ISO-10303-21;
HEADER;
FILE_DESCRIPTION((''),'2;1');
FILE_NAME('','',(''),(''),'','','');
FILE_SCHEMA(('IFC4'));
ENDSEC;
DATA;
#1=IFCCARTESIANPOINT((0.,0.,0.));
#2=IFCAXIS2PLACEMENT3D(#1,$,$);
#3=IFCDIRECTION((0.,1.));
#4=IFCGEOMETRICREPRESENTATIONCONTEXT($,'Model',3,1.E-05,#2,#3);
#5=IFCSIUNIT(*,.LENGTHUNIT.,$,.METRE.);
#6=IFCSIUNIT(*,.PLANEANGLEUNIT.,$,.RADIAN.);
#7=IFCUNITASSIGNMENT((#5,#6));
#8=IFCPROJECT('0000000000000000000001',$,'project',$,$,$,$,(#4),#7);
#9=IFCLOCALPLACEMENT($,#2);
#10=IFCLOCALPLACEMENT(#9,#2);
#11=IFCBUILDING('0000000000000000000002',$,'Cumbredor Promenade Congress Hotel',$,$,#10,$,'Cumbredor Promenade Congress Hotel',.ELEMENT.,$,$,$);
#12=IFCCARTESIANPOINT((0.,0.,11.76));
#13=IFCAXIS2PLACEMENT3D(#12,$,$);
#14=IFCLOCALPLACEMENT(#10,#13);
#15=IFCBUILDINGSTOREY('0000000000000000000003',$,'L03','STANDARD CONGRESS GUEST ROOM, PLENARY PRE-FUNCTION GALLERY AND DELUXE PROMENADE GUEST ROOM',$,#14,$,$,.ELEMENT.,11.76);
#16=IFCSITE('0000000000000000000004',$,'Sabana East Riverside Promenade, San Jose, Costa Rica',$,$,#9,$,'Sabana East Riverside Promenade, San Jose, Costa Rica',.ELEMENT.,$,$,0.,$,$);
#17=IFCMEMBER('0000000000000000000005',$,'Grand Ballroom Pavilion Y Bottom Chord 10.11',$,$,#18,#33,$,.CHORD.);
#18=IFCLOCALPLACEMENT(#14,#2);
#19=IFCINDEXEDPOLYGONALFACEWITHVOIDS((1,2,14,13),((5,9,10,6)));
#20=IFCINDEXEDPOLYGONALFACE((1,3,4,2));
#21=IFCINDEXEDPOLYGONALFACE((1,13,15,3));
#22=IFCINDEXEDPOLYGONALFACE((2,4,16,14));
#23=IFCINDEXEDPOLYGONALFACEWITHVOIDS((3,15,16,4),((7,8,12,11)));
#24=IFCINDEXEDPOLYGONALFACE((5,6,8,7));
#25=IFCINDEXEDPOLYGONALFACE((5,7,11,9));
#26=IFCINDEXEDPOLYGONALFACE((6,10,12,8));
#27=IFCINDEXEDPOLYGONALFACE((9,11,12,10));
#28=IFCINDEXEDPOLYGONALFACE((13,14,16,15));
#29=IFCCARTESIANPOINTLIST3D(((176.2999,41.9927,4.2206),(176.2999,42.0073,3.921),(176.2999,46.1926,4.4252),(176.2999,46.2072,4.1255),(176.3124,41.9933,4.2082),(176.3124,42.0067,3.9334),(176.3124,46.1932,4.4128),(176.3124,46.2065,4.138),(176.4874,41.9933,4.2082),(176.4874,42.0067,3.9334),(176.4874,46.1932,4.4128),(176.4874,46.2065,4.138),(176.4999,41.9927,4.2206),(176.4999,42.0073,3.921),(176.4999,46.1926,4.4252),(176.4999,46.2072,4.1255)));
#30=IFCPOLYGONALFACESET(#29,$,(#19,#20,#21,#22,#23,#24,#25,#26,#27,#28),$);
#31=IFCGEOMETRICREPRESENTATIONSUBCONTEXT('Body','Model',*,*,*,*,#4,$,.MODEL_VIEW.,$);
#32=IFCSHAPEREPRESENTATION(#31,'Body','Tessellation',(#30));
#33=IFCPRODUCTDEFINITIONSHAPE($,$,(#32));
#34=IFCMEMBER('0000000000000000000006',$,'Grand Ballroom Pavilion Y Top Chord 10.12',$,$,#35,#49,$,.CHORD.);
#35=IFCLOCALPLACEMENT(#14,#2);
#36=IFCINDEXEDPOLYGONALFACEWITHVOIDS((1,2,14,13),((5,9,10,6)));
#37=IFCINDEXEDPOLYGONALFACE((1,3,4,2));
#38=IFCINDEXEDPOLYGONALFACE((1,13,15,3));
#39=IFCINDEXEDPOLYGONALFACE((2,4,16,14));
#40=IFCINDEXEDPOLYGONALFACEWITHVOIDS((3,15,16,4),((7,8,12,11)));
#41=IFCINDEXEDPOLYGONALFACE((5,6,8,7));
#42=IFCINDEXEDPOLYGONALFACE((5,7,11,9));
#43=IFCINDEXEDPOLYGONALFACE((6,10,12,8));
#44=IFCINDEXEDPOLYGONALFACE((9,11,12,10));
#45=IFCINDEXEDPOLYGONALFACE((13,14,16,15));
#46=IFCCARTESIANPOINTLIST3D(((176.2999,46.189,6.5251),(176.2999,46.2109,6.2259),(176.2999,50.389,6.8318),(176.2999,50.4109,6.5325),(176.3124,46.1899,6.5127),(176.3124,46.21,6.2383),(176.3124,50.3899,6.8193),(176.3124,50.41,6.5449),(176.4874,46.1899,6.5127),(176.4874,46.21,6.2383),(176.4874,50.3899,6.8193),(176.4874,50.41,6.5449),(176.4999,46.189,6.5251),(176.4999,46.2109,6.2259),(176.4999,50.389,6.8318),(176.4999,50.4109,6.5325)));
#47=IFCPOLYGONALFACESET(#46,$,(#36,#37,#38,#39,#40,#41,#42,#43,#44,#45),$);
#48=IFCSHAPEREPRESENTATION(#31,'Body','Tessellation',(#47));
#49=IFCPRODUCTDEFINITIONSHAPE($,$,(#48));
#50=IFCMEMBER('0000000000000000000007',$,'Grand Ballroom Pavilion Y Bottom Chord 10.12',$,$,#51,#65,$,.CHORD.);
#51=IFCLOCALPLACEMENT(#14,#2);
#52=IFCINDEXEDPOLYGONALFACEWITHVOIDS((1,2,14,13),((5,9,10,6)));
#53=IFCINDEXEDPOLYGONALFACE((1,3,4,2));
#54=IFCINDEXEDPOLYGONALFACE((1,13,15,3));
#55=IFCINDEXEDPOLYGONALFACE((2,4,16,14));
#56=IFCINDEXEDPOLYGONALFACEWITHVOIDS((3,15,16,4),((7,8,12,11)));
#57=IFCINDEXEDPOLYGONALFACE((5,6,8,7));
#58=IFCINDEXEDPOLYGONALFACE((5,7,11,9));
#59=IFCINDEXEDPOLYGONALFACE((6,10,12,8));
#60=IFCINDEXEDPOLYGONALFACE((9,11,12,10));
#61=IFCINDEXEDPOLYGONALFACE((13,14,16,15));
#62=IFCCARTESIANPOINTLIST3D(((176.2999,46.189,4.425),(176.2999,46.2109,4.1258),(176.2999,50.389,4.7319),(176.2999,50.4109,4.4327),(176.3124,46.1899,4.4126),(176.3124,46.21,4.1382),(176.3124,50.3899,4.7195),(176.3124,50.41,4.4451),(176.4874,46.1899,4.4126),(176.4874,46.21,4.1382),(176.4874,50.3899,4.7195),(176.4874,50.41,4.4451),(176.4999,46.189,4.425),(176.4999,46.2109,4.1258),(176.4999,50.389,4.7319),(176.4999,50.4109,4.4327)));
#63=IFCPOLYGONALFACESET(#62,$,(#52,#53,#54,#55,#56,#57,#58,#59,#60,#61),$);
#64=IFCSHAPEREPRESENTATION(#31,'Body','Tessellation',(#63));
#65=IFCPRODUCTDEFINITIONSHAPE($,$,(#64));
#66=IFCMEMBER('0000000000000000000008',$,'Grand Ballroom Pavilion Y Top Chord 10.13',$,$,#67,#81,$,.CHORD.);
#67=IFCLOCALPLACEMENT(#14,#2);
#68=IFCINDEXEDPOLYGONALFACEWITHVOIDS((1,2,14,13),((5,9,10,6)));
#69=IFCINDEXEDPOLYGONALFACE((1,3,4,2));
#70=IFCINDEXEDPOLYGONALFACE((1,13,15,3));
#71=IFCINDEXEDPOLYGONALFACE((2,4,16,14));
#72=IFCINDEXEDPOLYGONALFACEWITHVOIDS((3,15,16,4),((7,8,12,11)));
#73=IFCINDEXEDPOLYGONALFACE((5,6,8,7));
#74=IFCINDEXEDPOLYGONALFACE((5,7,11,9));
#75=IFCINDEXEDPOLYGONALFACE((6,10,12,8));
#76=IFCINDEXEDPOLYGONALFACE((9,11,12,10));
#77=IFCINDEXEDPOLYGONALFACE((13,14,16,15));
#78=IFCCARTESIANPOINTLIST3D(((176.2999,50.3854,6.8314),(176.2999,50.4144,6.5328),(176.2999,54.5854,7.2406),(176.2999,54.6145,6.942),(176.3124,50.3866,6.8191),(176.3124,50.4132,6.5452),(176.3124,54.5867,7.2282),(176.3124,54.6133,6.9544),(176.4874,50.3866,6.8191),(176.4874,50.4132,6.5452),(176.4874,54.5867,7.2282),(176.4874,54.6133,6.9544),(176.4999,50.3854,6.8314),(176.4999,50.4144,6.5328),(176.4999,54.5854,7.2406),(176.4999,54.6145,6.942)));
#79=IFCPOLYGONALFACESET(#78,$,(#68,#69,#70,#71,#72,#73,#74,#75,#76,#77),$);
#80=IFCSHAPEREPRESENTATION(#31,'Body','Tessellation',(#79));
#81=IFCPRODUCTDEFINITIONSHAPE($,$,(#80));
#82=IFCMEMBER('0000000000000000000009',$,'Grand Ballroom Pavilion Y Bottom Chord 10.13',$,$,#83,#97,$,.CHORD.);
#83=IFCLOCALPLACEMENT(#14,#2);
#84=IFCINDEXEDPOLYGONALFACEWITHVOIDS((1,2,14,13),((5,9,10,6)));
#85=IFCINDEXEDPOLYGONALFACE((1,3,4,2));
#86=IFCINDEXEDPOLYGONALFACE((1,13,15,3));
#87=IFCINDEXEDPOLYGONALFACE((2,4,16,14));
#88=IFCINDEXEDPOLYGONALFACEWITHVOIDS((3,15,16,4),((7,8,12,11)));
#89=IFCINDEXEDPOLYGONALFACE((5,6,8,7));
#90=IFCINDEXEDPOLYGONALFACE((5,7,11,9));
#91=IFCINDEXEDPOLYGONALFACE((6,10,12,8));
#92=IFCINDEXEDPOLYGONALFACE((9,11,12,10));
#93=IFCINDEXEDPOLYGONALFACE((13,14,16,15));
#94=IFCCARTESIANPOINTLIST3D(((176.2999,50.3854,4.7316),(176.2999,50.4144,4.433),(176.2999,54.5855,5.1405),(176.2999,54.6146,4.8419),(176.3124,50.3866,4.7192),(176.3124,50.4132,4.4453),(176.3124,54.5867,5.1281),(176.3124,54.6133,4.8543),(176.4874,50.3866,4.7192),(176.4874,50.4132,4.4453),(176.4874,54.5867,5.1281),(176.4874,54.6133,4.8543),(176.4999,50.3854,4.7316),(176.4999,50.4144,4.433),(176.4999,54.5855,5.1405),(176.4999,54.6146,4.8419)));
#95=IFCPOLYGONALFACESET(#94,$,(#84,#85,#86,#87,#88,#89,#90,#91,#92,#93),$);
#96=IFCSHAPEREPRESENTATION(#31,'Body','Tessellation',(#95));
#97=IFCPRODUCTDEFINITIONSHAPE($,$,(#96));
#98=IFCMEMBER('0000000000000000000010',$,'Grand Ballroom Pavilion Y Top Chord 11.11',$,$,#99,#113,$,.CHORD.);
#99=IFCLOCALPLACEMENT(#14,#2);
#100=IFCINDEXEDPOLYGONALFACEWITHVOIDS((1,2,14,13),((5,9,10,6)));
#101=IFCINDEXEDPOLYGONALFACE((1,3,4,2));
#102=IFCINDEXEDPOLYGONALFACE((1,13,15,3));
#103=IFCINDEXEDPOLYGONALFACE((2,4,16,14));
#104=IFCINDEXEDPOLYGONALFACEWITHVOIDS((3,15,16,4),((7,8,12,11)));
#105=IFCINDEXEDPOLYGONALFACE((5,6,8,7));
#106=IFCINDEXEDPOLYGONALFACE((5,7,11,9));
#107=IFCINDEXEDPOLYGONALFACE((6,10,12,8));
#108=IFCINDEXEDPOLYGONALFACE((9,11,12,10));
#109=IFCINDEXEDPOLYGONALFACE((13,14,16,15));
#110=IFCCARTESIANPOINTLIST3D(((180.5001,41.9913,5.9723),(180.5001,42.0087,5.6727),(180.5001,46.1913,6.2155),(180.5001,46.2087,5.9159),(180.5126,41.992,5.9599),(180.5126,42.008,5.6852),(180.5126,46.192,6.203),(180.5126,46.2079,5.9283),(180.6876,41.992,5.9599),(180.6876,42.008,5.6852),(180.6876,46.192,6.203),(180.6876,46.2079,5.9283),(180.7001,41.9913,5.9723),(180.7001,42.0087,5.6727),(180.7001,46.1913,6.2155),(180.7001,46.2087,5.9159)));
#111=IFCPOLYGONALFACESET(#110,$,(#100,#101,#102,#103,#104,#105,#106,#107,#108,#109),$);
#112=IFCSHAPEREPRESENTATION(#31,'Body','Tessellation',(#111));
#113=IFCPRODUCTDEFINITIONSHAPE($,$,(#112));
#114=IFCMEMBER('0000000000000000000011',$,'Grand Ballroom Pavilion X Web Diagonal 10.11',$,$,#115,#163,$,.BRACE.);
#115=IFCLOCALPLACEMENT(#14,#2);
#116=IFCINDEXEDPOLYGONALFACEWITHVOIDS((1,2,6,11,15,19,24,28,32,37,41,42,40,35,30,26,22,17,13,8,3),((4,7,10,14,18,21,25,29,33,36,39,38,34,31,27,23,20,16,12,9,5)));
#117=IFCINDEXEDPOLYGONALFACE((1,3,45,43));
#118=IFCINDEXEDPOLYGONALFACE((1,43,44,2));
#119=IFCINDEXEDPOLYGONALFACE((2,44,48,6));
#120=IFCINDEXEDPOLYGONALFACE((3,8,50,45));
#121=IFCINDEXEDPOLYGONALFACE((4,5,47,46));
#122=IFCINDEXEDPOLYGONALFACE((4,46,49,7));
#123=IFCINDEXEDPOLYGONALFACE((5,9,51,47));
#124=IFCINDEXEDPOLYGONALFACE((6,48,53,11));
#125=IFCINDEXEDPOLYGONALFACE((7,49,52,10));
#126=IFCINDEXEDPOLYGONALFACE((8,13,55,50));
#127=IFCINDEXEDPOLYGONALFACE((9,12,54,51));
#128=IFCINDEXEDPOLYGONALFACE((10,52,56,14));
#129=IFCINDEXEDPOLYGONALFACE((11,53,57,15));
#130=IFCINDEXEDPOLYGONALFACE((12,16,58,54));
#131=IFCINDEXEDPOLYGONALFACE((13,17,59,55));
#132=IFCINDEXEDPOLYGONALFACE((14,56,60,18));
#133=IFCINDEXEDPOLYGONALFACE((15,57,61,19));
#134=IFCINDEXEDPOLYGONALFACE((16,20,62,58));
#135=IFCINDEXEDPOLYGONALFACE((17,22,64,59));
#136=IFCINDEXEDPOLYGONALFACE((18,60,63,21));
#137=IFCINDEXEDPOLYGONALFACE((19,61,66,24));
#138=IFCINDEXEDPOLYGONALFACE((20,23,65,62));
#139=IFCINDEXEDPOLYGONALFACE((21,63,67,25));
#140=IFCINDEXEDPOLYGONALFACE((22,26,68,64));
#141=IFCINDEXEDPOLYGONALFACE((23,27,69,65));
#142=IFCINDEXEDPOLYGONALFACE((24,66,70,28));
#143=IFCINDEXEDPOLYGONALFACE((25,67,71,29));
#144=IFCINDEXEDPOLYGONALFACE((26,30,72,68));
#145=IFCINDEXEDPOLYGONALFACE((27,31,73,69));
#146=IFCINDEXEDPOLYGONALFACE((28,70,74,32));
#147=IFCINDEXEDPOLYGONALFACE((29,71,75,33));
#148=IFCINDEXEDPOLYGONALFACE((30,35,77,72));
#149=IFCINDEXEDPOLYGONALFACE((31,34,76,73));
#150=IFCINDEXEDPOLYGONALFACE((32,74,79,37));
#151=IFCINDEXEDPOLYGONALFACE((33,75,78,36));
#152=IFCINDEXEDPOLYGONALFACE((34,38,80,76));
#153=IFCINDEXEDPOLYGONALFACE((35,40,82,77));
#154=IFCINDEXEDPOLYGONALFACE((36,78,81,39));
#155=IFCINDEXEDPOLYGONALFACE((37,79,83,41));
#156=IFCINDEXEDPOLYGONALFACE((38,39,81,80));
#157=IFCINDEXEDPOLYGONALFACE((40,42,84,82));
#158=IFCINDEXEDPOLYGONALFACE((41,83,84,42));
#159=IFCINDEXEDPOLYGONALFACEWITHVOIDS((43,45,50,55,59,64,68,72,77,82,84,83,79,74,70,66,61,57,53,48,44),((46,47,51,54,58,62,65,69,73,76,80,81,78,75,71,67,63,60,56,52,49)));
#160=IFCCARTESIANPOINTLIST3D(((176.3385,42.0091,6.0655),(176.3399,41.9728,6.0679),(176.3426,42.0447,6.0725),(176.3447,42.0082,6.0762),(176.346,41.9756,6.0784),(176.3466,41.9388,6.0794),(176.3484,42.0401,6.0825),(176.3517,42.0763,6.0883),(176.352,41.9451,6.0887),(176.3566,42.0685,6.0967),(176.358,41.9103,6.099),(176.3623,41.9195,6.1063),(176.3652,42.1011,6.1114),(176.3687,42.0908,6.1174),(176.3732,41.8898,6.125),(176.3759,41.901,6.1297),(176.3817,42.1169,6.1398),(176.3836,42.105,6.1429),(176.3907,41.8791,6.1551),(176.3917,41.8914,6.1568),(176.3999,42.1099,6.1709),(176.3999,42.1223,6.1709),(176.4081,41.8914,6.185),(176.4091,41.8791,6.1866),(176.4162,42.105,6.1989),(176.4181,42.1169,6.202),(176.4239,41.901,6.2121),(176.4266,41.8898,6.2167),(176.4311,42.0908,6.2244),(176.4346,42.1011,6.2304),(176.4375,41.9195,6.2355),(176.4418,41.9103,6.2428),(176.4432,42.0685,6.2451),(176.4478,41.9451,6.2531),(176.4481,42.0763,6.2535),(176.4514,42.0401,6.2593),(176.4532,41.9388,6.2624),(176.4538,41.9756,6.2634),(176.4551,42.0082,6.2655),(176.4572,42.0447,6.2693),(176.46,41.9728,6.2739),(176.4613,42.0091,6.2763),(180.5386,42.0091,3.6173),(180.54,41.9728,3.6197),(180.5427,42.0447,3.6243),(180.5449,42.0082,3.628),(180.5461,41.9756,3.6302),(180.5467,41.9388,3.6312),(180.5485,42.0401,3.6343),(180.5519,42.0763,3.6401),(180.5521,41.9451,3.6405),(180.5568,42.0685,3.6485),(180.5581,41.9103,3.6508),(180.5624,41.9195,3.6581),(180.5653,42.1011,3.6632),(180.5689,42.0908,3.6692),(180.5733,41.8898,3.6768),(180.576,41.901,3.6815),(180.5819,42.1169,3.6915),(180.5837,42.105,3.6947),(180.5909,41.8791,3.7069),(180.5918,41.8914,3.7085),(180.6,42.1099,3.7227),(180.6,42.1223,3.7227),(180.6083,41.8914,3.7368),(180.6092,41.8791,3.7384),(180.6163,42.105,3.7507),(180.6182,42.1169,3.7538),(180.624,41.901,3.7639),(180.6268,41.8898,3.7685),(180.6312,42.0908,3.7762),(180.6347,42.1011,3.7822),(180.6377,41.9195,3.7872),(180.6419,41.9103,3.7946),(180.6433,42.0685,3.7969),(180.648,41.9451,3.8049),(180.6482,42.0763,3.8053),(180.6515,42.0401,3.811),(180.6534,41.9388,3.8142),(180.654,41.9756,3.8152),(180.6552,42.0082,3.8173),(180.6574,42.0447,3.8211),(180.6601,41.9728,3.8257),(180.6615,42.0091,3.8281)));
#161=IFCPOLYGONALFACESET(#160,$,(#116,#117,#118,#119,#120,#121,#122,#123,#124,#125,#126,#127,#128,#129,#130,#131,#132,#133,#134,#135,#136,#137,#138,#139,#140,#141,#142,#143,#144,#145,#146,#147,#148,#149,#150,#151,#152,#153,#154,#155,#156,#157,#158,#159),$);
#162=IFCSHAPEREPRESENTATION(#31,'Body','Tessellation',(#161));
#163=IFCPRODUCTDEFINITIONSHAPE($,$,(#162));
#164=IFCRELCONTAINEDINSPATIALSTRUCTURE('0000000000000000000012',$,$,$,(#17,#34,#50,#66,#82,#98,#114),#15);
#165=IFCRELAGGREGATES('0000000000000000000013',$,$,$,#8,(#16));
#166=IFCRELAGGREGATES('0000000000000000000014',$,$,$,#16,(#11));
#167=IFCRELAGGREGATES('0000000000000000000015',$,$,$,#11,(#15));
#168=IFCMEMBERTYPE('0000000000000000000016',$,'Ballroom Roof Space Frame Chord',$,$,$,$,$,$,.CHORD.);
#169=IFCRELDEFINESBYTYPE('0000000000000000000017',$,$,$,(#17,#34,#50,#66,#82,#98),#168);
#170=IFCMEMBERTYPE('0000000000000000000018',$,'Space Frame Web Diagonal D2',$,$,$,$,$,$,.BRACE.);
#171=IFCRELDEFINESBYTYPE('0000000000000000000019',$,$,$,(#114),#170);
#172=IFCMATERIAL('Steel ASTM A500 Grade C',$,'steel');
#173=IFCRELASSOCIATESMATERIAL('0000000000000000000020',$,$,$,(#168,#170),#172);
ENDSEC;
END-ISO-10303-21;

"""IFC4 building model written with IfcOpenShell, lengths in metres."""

from ifc_helpers import new_model, si_unit, direction, frame, origin, origin_2d, place, context, subcontext, project, spatial, hollow_rectangle, hollow_circle, extrude, material, material_profile, profile_set, type_object, element, save


model = new_model("IFC4")

# Units and contexts
model_context = context("Model", 3, precision=1e-05, world=origin(), true_north=direction((0.0, 1.0)))
body_context = subcontext(model_context, "Body", "Model", "MODEL_VIEW")
ifc_project = project(units=[si_unit("LENGTHUNIT", "METRE"), si_unit("PLANEANGLEUNIT", "RADIAN")], contexts=[model_context])

# Site, building, storey
site_placement = place(None, origin())
site = spatial("IfcSite", under=ifc_project, at=site_placement, Name="Sabana East Riverside Promenade, San Jose, Costa Rica", LongName="Sabana East Riverside Promenade, San Jose, Costa Rica", CompositionType="ELEMENT", RefElevation=0.0)
building_placement = place(site_placement, origin())
building = spatial("IfcBuilding", under=site, at=building_placement, Name="Cumbredor Promenade Congress Hotel", LongName="Cumbredor Promenade Congress Hotel", CompositionType="ELEMENT")
storey_placement = place(building_placement, frame((0.0, 0.0, 11.76)))
storey = spatial("IfcBuildingStorey", under=building, at=storey_placement, Name="L03", Description="STANDARD CONGRESS GUEST ROOM, PLENARY PRE-FUNCTION GALLERY AND DELUXE PROMENADE GUEST ROOM", CompositionType="ELEMENT", Elevation=11.76)

# Members
ifc_material_1 = material(Name="Steel ASTM A500 Grade C", Category="steel")
ifc_material_profile_1 = material_profile(ifc_material_1, hollow_rectangle(XDim=0.2, YDim=0.3, WallThickness=0.0125, at=origin_2d()), Name="HSS 300x200x12.5")
ifc_profile_set_1 = profile_set([ifc_material_profile_1], Name="Steel ASTM A500 Grade C")
member_type_1 = type_object("IfcMemberType", Name="Ballroom Roof Space Frame Chord", PredefinedType="CHORD", material=ifc_profile_set_1)
for number, where, z_axis, x_axis, name in (
    (1, (176.3999, 42.0, 4.0708), (0.0, 0.998816, 0.048655), (-1.0, 0.0, 0.0), "Grand Ballroom Pavilion Y Bottom Chord 10.11"),
):
    element("IfcMember", number, at=place(storey_placement, frame(where, z_axis=z_axis, x_axis=x_axis)), inside=storey, type_object=member_type_1, Name=name, PredefinedType="CHORD", context=body_context, shape_type="SweptSolid", body=[
        extrude(hollow_rectangle(XDim=0.2, YDim=0.3, WallThickness=0.0125, at=origin_2d()), origin(), (0.0, 0.0, 1.0), 4.2048),
    ])
for number, where, z_axis, x_axis, name in (
    (2, (176.3999, 46.2, 6.3755), (0.0, 0.997345, 0.072817), (-1.0, 0.0, 0.0), "Grand Ballroom Pavilion Y Top Chord 10.12"),
    (3, (176.3999, 46.2, 4.2754), (0.0, 0.997341, 0.072874), (-1.0, 0.0, 0.0), "Grand Ballroom Pavilion Y Bottom Chord 10.12"),
):
    element("IfcMember", number, at=place(storey_placement, frame(where, z_axis=z_axis, x_axis=x_axis)), inside=storey, type_object=member_type_1, Name=name, PredefinedType="CHORD", context=body_context, shape_type="SweptSolid", body=[
        extrude(hollow_rectangle(XDim=0.2, YDim=0.3, WallThickness=0.0125, at=origin_2d()), origin(), (0.0, 0.0, 1.0), 4.2112),
    ])
for number, where, z_axis, x_axis, name in (
    (4, (176.3999, 50.3999, 6.6821), (0.0, 0.995288, 0.09696), (-1.0, 0.0, 0.0), "Grand Ballroom Pavilion Y Top Chord 10.13"),
    (5, (176.3999, 50.3999, 4.5823), (0.0, 0.995294, 0.096903), (-1.0, 0.0, 0.0), "Grand Ballroom Pavilion Y Bottom Chord 10.13"),
):
    element("IfcMember", number, at=place(storey_placement, frame(where, z_axis=z_axis, x_axis=x_axis)), inside=storey, type_object=member_type_1, Name=name, PredefinedType="CHORD", context=body_context, shape_type="SweptSolid", body=[
        extrude(hollow_rectangle(XDim=0.2, YDim=0.3, WallThickness=0.0125, at=origin_2d()), origin(), (0.0, 0.0, 1.0), 4.22),
    ])
member_1_placement = place(storey_placement, frame((180.6001, 42.0, 5.8225), z_axis=(0.0, 0.998328, 0.0578), x_axis=(-1.0, 0.0, 0.0)))
element("IfcMember", 6, at=member_1_placement, inside=storey, type_object=member_type_1, Name="Grand Ballroom Pavilion Y Top Chord 11.11", PredefinedType="CHORD", context=body_context, shape_type="SweptSolid", body=[
    extrude(hollow_rectangle(XDim=0.2, YDim=0.3, WallThickness=0.0125, at=origin_2d()), origin(), (0.0, 0.0, 1.0), 4.207),
])
ifc_material_profile_2 = material_profile(ifc_material_1, hollow_circle(Radius=0.1223, WallThickness=0.0125, at=origin_2d()), Name="CHS 244.5x12.5")
ifc_profile_set_2 = profile_set([ifc_material_profile_2], Name="Steel ASTM A500 Grade C")
member_type_2 = type_object("IfcMemberType", Name="Space Frame Web Diagonal D2", PredefinedType="BRACE", material=ifc_profile_set_2)
member_2_placement = place(storey_placement, frame((176.3999, 42.0, 6.1709), z_axis=(0.863946, 0.0, -0.503584), x_axis=(0.0, 1.0, 0.0)))
element("IfcMember", 7, at=member_2_placement, inside=storey, type_object=member_type_2, Name="Grand Ballroom Pavilion X Web Diagonal 10.11", PredefinedType="BRACE", context=body_context, shape_type="SweptSolid", body=[
    extrude(hollow_circle(Radius=0.1223, WallThickness=0.0125, at=origin_2d()), origin(), (0.0, 0.0, 1.0), 4.8616),
])

save(model, "model.ifc")
